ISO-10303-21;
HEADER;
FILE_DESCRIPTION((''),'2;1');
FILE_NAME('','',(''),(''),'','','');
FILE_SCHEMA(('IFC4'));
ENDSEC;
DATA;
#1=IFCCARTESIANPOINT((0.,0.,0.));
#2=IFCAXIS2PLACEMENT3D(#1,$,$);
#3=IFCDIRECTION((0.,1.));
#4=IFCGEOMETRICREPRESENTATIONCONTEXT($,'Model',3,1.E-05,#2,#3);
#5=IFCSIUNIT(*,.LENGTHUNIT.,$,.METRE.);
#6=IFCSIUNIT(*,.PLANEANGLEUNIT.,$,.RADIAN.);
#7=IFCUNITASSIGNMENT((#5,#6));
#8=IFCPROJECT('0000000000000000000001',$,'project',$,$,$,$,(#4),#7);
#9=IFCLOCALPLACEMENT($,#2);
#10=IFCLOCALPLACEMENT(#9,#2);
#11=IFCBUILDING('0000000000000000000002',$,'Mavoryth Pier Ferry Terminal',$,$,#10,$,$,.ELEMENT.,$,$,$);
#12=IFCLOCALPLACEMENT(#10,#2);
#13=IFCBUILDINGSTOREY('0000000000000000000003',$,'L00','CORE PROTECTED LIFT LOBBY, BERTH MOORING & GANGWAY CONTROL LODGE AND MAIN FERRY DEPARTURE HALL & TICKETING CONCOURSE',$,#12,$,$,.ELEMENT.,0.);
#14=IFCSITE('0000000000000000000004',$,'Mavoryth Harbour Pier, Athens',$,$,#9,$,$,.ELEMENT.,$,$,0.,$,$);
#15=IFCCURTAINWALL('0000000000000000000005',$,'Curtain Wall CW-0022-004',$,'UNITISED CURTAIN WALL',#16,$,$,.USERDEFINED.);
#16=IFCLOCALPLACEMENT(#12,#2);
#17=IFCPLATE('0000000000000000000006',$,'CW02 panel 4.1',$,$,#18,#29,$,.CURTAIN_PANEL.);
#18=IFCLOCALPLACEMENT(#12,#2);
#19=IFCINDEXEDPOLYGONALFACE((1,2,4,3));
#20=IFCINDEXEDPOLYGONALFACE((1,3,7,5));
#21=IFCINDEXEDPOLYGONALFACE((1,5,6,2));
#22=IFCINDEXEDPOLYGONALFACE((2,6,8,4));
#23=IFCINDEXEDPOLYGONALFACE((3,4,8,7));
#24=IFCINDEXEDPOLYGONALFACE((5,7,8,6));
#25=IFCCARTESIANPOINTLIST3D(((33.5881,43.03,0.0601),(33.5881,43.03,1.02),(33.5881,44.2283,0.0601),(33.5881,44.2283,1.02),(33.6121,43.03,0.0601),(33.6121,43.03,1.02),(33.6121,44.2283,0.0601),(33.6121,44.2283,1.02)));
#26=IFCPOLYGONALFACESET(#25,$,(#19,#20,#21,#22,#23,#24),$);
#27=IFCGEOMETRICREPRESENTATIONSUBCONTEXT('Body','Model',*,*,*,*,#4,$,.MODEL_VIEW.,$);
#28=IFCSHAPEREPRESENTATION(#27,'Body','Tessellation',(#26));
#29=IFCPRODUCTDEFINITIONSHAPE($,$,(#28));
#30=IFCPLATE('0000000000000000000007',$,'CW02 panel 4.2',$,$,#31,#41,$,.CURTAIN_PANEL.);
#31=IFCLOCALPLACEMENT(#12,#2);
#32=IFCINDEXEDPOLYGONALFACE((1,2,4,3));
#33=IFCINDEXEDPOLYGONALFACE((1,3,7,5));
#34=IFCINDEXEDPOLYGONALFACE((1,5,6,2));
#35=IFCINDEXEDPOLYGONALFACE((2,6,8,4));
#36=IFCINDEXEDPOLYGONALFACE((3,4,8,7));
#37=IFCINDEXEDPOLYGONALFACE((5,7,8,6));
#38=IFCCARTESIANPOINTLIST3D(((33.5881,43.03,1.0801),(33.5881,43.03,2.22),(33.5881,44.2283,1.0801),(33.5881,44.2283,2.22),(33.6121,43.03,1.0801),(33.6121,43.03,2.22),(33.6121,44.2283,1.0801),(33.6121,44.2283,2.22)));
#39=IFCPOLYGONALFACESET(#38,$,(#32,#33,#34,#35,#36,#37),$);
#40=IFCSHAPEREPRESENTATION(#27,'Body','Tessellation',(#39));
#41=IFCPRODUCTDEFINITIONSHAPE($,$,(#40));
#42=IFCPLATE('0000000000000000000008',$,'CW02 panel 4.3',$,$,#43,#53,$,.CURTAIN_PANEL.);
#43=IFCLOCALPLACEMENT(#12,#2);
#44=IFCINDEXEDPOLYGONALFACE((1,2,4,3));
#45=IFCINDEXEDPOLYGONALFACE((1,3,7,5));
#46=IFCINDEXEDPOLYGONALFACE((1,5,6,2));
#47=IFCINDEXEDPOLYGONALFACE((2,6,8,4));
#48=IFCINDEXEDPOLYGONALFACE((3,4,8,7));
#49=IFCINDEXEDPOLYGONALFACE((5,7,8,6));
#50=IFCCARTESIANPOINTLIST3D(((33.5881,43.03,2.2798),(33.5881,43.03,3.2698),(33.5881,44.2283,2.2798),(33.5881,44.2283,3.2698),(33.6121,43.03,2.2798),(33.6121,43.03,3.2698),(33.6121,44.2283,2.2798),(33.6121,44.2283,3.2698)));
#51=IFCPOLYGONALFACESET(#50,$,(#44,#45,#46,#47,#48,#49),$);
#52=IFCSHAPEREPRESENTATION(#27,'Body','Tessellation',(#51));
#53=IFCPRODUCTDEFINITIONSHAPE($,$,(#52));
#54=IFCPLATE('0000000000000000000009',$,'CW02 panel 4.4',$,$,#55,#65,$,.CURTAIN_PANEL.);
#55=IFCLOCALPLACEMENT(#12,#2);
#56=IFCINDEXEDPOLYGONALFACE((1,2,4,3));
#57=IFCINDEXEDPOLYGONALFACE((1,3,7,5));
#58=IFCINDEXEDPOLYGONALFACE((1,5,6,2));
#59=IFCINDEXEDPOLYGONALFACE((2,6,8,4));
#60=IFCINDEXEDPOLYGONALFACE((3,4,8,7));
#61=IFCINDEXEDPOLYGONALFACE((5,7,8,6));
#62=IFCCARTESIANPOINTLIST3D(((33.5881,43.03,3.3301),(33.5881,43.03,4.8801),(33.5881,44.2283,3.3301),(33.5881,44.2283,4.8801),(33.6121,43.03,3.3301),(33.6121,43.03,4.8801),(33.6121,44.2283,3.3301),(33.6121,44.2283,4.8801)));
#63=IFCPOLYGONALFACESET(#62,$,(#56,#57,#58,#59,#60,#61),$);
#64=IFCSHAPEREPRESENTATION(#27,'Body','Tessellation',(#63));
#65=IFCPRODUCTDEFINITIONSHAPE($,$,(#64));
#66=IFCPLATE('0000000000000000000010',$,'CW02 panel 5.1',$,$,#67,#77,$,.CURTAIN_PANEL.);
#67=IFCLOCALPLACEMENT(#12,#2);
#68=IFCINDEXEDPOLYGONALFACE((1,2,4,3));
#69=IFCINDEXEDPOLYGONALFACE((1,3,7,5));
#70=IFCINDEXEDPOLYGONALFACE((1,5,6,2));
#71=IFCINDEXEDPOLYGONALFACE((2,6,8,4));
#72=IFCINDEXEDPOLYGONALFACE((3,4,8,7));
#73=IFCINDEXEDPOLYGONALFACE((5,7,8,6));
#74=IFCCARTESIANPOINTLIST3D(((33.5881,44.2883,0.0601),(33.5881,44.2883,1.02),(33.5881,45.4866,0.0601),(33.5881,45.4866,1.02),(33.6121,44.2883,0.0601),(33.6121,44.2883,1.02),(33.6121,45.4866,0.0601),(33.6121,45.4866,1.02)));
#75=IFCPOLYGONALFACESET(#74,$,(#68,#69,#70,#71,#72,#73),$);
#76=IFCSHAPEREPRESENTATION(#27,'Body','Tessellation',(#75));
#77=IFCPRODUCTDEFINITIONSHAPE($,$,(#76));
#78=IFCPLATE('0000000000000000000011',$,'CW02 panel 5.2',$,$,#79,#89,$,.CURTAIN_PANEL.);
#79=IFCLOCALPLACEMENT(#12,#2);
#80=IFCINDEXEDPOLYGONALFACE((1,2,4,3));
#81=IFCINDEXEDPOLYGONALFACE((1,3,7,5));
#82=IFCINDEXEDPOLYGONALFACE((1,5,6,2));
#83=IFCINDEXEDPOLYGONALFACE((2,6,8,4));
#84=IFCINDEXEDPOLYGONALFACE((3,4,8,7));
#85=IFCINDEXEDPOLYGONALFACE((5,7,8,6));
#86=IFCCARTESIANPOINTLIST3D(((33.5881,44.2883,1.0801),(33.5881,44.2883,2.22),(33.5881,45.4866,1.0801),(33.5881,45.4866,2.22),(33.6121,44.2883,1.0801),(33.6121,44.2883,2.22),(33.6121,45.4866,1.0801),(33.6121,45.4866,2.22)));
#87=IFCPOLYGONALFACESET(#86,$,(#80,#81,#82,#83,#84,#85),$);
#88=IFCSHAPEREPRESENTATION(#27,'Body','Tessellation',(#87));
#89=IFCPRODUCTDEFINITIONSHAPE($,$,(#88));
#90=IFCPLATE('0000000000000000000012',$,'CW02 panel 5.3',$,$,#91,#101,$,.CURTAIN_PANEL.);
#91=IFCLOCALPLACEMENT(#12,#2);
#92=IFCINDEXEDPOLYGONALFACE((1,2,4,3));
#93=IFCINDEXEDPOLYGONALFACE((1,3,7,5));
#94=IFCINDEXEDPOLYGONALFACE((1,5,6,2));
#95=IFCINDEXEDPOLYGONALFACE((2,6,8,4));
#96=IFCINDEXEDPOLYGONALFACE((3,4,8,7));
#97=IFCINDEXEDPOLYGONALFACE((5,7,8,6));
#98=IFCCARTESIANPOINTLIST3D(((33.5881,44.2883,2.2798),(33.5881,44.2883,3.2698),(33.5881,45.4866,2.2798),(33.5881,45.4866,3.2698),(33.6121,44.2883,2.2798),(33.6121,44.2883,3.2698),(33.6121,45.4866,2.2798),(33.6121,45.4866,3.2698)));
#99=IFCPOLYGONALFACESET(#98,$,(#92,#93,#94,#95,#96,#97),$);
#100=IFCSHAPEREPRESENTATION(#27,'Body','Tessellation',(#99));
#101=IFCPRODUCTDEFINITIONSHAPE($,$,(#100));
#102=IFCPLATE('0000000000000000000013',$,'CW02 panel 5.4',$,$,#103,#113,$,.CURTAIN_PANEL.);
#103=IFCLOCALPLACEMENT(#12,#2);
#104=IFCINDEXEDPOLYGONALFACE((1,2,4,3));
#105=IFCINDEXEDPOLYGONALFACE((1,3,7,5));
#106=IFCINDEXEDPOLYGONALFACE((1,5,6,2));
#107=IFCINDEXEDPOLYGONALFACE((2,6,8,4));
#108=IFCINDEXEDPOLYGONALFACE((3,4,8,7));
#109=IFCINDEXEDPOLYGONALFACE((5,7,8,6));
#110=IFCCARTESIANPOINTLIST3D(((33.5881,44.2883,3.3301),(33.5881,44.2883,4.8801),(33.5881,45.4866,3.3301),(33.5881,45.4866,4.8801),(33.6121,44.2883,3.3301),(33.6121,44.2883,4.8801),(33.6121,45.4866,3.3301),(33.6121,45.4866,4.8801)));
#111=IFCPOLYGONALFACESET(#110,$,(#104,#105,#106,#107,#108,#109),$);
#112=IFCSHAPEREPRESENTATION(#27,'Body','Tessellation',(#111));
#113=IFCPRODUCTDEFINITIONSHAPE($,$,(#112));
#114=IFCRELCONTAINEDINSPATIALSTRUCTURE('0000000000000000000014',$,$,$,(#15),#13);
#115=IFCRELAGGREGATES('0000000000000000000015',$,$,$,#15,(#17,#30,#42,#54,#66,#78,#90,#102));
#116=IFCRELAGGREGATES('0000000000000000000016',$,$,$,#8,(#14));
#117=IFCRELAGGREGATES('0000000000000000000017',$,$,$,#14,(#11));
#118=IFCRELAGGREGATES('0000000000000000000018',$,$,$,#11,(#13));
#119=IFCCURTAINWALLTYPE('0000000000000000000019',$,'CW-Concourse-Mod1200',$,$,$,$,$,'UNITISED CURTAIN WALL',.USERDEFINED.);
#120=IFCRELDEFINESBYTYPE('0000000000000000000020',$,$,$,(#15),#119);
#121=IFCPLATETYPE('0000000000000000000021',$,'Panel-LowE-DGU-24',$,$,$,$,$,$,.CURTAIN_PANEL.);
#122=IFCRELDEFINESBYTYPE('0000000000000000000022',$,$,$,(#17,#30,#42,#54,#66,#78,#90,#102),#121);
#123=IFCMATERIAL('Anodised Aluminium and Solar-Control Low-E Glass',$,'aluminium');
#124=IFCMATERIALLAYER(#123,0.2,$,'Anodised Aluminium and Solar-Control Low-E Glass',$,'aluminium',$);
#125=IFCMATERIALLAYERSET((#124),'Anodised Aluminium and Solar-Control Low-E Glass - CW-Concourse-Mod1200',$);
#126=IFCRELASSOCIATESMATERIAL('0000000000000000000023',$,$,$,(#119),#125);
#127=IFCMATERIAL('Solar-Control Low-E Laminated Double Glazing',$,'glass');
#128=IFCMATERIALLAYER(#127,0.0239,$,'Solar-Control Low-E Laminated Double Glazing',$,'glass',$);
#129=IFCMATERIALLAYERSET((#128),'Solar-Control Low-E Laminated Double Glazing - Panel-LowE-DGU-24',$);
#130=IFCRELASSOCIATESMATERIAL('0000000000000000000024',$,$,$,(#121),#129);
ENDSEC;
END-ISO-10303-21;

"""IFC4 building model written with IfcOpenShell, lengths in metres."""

from ifc_helpers import new_model, si_unit, direction, frame, origin, origin_2d, place, context, subcontext, project, spatial, rectangle, extrude, material, layer, layer_set, type_object, element, aggregate, save


model = new_model("IFC4")

# Units and contexts
model_context = context("Model", 3, precision=1e-05, world=origin(), true_north=direction((0.0, 1.0)))
body_context = subcontext(model_context, "Body", "Model", "MODEL_VIEW")
ifc_project = project(units=[si_unit("LENGTHUNIT", "METRE"), si_unit("PLANEANGLEUNIT", "RADIAN")], contexts=[model_context])

# Site, building, storey
site_placement = place(None, origin())
site = spatial("IfcSite", under=ifc_project, at=site_placement, Name="Mavoryth Harbour Pier, Athens", CompositionType="ELEMENT", RefElevation=0.0)
building_placement = place(site_placement, origin())
building = spatial("IfcBuilding", under=site, at=building_placement, Name="Mavoryth Pier Ferry Terminal", CompositionType="ELEMENT")
storey_placement = place(building_placement, origin())
storey = spatial("IfcBuildingStorey", under=building, at=storey_placement, Name="L00", Description="CORE PROTECTED LIFT LOBBY, BERTH MOORING & GANGWAY CONTROL LODGE AND MAIN FERRY DEPARTURE HALL & TICKETING CONCOURSE", CompositionType="ELEMENT", Elevation=0.0)

# Curtain wall, plates
ifc_material_1 = material(Name="Anodised Aluminium and Solar-Control Low-E Glass", Category="aluminium")
ifc_layer_1 = layer(ifc_material_1, 0.2, Name="Anodised Aluminium and Solar-Control Low-E Glass", Category="aluminium")
ifc_layer_set_1 = layer_set([ifc_layer_1], Name="Anodised Aluminium and Solar-Control Low-E Glass - CW-Concourse-Mod1200")
curtain_wall_type = type_object("IfcCurtainWallType", Name="CW-Concourse-Mod1200", ElementType="UNITISED CURTAIN WALL", PredefinedType="USERDEFINED", material=ifc_layer_set_1)
curtain_wall_placement = place(storey_placement, origin())
curtain_wall = element("IfcCurtainWall", 1, at=curtain_wall_placement, inside=storey, type_object=curtain_wall_type, Name="Curtain Wall CW-0022-004", ObjectType="UNITISED CURTAIN WALL", PredefinedType="USERDEFINED")
ifc_material_2 = material(Name="Solar-Control Low-E Laminated Double Glazing", Category="glass")
ifc_layer_2 = layer(ifc_material_2, 0.0239, Name="Solar-Control Low-E Laminated Double Glazing", Category="glass")
ifc_layer_set_2 = layer_set([ifc_layer_2], Name="Solar-Control Low-E Laminated Double Glazing - Panel-LowE-DGU-24")
plate_type = type_object("IfcPlateType", Name="Panel-LowE-DGU-24", PredefinedType="CURTAIN_PANEL", material=ifc_layer_set_2)
plate_1_placement = place(storey_placement, frame((33.6001, 43.6292, 0.0601), z_axis=(0.0, 0.0, 1.0), x_axis=(0.0, 1.0, 0.0)))
plate_1 = element("IfcPlate", 2, at=plate_1_placement, type_object=plate_type, Name="CW02 panel 4.1", PredefinedType="CURTAIN_PANEL", context=body_context, shape_type="SweptSolid", body=[
    extrude(rectangle(XDim=1.1982, YDim=0.0239, at=origin_2d()), origin(), (0.0, 0.0, 1.0), 0.96),
])
plate_2_placement = place(storey_placement, frame((33.6001, 43.6292, 1.0801), z_axis=(0.0, 0.0, 1.0), x_axis=(0.0, 1.0, 0.0)))
plate_2 = element("IfcPlate", 3, at=plate_2_placement, type_object=plate_type, Name="CW02 panel 4.2", PredefinedType="CURTAIN_PANEL", context=body_context, shape_type="SweptSolid", body=[
    extrude(rectangle(XDim=1.1982, YDim=0.0239, at=origin_2d()), origin(), (0.0, 0.0, 1.0), 1.1399),
])
plate_3_placement = place(storey_placement, frame((33.6001, 43.6292, 2.2798), z_axis=(0.0, 0.0, 1.0), x_axis=(0.0, 1.0, 0.0)))
plate_3 = element("IfcPlate", 4, at=plate_3_placement, type_object=plate_type, Name="CW02 panel 4.3", PredefinedType="CURTAIN_PANEL", context=body_context, shape_type="SweptSolid", body=[
    extrude(rectangle(XDim=1.1982, YDim=0.0239, at=origin_2d()), origin(), (0.0, 0.0, 1.0), 0.99),
])
plate_4_placement = place(storey_placement, frame((33.6001, 43.6292, 3.3301), z_axis=(0.0, 0.0, 1.0), x_axis=(0.0, 1.0, 0.0)))
plate_4 = element("IfcPlate", 5, at=plate_4_placement, type_object=plate_type, Name="CW02 panel 4.4", PredefinedType="CURTAIN_PANEL", context=body_context, shape_type="SweptSolid", body=[
    extrude(rectangle(XDim=1.1982, YDim=0.0239, at=origin_2d()), origin(), (0.0, 0.0, 1.0), 1.55),
])
plate_5_placement = place(storey_placement, frame((33.6001, 44.8875, 0.0601), z_axis=(0.0, 0.0, 1.0), x_axis=(0.0, 1.0, 0.0)))
plate_5 = element("IfcPlate", 6, at=plate_5_placement, type_object=plate_type, Name="CW02 panel 5.1", PredefinedType="CURTAIN_PANEL", context=body_context, shape_type="SweptSolid", body=[
    extrude(rectangle(XDim=1.1982, YDim=0.0239, at=origin_2d()), origin(), (0.0, 0.0, 1.0), 0.96),
])
plate_6_placement = place(storey_placement, frame((33.6001, 44.8875, 1.0801), z_axis=(0.0, 0.0, 1.0), x_axis=(0.0, 1.0, 0.0)))
plate_6 = element("IfcPlate", 7, at=plate_6_placement, type_object=plate_type, Name="CW02 panel 5.2", PredefinedType="CURTAIN_PANEL", context=body_context, shape_type="SweptSolid", body=[
    extrude(rectangle(XDim=1.1982, YDim=0.0239, at=origin_2d()), origin(), (0.0, 0.0, 1.0), 1.1399),
])
plate_7_placement = place(storey_placement, frame((33.6001, 44.8875, 2.2798), z_axis=(0.0, 0.0, 1.0), x_axis=(0.0, 1.0, 0.0)))
plate_7 = element("IfcPlate", 8, at=plate_7_placement, type_object=plate_type, Name="CW02 panel 5.3", PredefinedType="CURTAIN_PANEL", context=body_context, shape_type="SweptSolid", body=[
    extrude(rectangle(XDim=1.1982, YDim=0.0239, at=origin_2d()), origin(), (0.0, 0.0, 1.0), 0.99),
])
plate_8_placement = place(storey_placement, frame((33.6001, 44.8875, 3.3301), z_axis=(0.0, 0.0, 1.0), x_axis=(0.0, 1.0, 0.0)))
plate_8 = element("IfcPlate", 9, at=plate_8_placement, type_object=plate_type, Name="CW02 panel 5.4", PredefinedType="CURTAIN_PANEL", context=body_context, shape_type="SweptSolid", body=[
    extrude(rectangle(XDim=1.1982, YDim=0.0239, at=origin_2d()), origin(), (0.0, 0.0, 1.0), 1.55),
])
aggregate(curtain_wall, [plate_1, plate_2, plate_3, plate_4, plate_5, plate_6, plate_7, plate_8])

save(model, "model.ifc")
